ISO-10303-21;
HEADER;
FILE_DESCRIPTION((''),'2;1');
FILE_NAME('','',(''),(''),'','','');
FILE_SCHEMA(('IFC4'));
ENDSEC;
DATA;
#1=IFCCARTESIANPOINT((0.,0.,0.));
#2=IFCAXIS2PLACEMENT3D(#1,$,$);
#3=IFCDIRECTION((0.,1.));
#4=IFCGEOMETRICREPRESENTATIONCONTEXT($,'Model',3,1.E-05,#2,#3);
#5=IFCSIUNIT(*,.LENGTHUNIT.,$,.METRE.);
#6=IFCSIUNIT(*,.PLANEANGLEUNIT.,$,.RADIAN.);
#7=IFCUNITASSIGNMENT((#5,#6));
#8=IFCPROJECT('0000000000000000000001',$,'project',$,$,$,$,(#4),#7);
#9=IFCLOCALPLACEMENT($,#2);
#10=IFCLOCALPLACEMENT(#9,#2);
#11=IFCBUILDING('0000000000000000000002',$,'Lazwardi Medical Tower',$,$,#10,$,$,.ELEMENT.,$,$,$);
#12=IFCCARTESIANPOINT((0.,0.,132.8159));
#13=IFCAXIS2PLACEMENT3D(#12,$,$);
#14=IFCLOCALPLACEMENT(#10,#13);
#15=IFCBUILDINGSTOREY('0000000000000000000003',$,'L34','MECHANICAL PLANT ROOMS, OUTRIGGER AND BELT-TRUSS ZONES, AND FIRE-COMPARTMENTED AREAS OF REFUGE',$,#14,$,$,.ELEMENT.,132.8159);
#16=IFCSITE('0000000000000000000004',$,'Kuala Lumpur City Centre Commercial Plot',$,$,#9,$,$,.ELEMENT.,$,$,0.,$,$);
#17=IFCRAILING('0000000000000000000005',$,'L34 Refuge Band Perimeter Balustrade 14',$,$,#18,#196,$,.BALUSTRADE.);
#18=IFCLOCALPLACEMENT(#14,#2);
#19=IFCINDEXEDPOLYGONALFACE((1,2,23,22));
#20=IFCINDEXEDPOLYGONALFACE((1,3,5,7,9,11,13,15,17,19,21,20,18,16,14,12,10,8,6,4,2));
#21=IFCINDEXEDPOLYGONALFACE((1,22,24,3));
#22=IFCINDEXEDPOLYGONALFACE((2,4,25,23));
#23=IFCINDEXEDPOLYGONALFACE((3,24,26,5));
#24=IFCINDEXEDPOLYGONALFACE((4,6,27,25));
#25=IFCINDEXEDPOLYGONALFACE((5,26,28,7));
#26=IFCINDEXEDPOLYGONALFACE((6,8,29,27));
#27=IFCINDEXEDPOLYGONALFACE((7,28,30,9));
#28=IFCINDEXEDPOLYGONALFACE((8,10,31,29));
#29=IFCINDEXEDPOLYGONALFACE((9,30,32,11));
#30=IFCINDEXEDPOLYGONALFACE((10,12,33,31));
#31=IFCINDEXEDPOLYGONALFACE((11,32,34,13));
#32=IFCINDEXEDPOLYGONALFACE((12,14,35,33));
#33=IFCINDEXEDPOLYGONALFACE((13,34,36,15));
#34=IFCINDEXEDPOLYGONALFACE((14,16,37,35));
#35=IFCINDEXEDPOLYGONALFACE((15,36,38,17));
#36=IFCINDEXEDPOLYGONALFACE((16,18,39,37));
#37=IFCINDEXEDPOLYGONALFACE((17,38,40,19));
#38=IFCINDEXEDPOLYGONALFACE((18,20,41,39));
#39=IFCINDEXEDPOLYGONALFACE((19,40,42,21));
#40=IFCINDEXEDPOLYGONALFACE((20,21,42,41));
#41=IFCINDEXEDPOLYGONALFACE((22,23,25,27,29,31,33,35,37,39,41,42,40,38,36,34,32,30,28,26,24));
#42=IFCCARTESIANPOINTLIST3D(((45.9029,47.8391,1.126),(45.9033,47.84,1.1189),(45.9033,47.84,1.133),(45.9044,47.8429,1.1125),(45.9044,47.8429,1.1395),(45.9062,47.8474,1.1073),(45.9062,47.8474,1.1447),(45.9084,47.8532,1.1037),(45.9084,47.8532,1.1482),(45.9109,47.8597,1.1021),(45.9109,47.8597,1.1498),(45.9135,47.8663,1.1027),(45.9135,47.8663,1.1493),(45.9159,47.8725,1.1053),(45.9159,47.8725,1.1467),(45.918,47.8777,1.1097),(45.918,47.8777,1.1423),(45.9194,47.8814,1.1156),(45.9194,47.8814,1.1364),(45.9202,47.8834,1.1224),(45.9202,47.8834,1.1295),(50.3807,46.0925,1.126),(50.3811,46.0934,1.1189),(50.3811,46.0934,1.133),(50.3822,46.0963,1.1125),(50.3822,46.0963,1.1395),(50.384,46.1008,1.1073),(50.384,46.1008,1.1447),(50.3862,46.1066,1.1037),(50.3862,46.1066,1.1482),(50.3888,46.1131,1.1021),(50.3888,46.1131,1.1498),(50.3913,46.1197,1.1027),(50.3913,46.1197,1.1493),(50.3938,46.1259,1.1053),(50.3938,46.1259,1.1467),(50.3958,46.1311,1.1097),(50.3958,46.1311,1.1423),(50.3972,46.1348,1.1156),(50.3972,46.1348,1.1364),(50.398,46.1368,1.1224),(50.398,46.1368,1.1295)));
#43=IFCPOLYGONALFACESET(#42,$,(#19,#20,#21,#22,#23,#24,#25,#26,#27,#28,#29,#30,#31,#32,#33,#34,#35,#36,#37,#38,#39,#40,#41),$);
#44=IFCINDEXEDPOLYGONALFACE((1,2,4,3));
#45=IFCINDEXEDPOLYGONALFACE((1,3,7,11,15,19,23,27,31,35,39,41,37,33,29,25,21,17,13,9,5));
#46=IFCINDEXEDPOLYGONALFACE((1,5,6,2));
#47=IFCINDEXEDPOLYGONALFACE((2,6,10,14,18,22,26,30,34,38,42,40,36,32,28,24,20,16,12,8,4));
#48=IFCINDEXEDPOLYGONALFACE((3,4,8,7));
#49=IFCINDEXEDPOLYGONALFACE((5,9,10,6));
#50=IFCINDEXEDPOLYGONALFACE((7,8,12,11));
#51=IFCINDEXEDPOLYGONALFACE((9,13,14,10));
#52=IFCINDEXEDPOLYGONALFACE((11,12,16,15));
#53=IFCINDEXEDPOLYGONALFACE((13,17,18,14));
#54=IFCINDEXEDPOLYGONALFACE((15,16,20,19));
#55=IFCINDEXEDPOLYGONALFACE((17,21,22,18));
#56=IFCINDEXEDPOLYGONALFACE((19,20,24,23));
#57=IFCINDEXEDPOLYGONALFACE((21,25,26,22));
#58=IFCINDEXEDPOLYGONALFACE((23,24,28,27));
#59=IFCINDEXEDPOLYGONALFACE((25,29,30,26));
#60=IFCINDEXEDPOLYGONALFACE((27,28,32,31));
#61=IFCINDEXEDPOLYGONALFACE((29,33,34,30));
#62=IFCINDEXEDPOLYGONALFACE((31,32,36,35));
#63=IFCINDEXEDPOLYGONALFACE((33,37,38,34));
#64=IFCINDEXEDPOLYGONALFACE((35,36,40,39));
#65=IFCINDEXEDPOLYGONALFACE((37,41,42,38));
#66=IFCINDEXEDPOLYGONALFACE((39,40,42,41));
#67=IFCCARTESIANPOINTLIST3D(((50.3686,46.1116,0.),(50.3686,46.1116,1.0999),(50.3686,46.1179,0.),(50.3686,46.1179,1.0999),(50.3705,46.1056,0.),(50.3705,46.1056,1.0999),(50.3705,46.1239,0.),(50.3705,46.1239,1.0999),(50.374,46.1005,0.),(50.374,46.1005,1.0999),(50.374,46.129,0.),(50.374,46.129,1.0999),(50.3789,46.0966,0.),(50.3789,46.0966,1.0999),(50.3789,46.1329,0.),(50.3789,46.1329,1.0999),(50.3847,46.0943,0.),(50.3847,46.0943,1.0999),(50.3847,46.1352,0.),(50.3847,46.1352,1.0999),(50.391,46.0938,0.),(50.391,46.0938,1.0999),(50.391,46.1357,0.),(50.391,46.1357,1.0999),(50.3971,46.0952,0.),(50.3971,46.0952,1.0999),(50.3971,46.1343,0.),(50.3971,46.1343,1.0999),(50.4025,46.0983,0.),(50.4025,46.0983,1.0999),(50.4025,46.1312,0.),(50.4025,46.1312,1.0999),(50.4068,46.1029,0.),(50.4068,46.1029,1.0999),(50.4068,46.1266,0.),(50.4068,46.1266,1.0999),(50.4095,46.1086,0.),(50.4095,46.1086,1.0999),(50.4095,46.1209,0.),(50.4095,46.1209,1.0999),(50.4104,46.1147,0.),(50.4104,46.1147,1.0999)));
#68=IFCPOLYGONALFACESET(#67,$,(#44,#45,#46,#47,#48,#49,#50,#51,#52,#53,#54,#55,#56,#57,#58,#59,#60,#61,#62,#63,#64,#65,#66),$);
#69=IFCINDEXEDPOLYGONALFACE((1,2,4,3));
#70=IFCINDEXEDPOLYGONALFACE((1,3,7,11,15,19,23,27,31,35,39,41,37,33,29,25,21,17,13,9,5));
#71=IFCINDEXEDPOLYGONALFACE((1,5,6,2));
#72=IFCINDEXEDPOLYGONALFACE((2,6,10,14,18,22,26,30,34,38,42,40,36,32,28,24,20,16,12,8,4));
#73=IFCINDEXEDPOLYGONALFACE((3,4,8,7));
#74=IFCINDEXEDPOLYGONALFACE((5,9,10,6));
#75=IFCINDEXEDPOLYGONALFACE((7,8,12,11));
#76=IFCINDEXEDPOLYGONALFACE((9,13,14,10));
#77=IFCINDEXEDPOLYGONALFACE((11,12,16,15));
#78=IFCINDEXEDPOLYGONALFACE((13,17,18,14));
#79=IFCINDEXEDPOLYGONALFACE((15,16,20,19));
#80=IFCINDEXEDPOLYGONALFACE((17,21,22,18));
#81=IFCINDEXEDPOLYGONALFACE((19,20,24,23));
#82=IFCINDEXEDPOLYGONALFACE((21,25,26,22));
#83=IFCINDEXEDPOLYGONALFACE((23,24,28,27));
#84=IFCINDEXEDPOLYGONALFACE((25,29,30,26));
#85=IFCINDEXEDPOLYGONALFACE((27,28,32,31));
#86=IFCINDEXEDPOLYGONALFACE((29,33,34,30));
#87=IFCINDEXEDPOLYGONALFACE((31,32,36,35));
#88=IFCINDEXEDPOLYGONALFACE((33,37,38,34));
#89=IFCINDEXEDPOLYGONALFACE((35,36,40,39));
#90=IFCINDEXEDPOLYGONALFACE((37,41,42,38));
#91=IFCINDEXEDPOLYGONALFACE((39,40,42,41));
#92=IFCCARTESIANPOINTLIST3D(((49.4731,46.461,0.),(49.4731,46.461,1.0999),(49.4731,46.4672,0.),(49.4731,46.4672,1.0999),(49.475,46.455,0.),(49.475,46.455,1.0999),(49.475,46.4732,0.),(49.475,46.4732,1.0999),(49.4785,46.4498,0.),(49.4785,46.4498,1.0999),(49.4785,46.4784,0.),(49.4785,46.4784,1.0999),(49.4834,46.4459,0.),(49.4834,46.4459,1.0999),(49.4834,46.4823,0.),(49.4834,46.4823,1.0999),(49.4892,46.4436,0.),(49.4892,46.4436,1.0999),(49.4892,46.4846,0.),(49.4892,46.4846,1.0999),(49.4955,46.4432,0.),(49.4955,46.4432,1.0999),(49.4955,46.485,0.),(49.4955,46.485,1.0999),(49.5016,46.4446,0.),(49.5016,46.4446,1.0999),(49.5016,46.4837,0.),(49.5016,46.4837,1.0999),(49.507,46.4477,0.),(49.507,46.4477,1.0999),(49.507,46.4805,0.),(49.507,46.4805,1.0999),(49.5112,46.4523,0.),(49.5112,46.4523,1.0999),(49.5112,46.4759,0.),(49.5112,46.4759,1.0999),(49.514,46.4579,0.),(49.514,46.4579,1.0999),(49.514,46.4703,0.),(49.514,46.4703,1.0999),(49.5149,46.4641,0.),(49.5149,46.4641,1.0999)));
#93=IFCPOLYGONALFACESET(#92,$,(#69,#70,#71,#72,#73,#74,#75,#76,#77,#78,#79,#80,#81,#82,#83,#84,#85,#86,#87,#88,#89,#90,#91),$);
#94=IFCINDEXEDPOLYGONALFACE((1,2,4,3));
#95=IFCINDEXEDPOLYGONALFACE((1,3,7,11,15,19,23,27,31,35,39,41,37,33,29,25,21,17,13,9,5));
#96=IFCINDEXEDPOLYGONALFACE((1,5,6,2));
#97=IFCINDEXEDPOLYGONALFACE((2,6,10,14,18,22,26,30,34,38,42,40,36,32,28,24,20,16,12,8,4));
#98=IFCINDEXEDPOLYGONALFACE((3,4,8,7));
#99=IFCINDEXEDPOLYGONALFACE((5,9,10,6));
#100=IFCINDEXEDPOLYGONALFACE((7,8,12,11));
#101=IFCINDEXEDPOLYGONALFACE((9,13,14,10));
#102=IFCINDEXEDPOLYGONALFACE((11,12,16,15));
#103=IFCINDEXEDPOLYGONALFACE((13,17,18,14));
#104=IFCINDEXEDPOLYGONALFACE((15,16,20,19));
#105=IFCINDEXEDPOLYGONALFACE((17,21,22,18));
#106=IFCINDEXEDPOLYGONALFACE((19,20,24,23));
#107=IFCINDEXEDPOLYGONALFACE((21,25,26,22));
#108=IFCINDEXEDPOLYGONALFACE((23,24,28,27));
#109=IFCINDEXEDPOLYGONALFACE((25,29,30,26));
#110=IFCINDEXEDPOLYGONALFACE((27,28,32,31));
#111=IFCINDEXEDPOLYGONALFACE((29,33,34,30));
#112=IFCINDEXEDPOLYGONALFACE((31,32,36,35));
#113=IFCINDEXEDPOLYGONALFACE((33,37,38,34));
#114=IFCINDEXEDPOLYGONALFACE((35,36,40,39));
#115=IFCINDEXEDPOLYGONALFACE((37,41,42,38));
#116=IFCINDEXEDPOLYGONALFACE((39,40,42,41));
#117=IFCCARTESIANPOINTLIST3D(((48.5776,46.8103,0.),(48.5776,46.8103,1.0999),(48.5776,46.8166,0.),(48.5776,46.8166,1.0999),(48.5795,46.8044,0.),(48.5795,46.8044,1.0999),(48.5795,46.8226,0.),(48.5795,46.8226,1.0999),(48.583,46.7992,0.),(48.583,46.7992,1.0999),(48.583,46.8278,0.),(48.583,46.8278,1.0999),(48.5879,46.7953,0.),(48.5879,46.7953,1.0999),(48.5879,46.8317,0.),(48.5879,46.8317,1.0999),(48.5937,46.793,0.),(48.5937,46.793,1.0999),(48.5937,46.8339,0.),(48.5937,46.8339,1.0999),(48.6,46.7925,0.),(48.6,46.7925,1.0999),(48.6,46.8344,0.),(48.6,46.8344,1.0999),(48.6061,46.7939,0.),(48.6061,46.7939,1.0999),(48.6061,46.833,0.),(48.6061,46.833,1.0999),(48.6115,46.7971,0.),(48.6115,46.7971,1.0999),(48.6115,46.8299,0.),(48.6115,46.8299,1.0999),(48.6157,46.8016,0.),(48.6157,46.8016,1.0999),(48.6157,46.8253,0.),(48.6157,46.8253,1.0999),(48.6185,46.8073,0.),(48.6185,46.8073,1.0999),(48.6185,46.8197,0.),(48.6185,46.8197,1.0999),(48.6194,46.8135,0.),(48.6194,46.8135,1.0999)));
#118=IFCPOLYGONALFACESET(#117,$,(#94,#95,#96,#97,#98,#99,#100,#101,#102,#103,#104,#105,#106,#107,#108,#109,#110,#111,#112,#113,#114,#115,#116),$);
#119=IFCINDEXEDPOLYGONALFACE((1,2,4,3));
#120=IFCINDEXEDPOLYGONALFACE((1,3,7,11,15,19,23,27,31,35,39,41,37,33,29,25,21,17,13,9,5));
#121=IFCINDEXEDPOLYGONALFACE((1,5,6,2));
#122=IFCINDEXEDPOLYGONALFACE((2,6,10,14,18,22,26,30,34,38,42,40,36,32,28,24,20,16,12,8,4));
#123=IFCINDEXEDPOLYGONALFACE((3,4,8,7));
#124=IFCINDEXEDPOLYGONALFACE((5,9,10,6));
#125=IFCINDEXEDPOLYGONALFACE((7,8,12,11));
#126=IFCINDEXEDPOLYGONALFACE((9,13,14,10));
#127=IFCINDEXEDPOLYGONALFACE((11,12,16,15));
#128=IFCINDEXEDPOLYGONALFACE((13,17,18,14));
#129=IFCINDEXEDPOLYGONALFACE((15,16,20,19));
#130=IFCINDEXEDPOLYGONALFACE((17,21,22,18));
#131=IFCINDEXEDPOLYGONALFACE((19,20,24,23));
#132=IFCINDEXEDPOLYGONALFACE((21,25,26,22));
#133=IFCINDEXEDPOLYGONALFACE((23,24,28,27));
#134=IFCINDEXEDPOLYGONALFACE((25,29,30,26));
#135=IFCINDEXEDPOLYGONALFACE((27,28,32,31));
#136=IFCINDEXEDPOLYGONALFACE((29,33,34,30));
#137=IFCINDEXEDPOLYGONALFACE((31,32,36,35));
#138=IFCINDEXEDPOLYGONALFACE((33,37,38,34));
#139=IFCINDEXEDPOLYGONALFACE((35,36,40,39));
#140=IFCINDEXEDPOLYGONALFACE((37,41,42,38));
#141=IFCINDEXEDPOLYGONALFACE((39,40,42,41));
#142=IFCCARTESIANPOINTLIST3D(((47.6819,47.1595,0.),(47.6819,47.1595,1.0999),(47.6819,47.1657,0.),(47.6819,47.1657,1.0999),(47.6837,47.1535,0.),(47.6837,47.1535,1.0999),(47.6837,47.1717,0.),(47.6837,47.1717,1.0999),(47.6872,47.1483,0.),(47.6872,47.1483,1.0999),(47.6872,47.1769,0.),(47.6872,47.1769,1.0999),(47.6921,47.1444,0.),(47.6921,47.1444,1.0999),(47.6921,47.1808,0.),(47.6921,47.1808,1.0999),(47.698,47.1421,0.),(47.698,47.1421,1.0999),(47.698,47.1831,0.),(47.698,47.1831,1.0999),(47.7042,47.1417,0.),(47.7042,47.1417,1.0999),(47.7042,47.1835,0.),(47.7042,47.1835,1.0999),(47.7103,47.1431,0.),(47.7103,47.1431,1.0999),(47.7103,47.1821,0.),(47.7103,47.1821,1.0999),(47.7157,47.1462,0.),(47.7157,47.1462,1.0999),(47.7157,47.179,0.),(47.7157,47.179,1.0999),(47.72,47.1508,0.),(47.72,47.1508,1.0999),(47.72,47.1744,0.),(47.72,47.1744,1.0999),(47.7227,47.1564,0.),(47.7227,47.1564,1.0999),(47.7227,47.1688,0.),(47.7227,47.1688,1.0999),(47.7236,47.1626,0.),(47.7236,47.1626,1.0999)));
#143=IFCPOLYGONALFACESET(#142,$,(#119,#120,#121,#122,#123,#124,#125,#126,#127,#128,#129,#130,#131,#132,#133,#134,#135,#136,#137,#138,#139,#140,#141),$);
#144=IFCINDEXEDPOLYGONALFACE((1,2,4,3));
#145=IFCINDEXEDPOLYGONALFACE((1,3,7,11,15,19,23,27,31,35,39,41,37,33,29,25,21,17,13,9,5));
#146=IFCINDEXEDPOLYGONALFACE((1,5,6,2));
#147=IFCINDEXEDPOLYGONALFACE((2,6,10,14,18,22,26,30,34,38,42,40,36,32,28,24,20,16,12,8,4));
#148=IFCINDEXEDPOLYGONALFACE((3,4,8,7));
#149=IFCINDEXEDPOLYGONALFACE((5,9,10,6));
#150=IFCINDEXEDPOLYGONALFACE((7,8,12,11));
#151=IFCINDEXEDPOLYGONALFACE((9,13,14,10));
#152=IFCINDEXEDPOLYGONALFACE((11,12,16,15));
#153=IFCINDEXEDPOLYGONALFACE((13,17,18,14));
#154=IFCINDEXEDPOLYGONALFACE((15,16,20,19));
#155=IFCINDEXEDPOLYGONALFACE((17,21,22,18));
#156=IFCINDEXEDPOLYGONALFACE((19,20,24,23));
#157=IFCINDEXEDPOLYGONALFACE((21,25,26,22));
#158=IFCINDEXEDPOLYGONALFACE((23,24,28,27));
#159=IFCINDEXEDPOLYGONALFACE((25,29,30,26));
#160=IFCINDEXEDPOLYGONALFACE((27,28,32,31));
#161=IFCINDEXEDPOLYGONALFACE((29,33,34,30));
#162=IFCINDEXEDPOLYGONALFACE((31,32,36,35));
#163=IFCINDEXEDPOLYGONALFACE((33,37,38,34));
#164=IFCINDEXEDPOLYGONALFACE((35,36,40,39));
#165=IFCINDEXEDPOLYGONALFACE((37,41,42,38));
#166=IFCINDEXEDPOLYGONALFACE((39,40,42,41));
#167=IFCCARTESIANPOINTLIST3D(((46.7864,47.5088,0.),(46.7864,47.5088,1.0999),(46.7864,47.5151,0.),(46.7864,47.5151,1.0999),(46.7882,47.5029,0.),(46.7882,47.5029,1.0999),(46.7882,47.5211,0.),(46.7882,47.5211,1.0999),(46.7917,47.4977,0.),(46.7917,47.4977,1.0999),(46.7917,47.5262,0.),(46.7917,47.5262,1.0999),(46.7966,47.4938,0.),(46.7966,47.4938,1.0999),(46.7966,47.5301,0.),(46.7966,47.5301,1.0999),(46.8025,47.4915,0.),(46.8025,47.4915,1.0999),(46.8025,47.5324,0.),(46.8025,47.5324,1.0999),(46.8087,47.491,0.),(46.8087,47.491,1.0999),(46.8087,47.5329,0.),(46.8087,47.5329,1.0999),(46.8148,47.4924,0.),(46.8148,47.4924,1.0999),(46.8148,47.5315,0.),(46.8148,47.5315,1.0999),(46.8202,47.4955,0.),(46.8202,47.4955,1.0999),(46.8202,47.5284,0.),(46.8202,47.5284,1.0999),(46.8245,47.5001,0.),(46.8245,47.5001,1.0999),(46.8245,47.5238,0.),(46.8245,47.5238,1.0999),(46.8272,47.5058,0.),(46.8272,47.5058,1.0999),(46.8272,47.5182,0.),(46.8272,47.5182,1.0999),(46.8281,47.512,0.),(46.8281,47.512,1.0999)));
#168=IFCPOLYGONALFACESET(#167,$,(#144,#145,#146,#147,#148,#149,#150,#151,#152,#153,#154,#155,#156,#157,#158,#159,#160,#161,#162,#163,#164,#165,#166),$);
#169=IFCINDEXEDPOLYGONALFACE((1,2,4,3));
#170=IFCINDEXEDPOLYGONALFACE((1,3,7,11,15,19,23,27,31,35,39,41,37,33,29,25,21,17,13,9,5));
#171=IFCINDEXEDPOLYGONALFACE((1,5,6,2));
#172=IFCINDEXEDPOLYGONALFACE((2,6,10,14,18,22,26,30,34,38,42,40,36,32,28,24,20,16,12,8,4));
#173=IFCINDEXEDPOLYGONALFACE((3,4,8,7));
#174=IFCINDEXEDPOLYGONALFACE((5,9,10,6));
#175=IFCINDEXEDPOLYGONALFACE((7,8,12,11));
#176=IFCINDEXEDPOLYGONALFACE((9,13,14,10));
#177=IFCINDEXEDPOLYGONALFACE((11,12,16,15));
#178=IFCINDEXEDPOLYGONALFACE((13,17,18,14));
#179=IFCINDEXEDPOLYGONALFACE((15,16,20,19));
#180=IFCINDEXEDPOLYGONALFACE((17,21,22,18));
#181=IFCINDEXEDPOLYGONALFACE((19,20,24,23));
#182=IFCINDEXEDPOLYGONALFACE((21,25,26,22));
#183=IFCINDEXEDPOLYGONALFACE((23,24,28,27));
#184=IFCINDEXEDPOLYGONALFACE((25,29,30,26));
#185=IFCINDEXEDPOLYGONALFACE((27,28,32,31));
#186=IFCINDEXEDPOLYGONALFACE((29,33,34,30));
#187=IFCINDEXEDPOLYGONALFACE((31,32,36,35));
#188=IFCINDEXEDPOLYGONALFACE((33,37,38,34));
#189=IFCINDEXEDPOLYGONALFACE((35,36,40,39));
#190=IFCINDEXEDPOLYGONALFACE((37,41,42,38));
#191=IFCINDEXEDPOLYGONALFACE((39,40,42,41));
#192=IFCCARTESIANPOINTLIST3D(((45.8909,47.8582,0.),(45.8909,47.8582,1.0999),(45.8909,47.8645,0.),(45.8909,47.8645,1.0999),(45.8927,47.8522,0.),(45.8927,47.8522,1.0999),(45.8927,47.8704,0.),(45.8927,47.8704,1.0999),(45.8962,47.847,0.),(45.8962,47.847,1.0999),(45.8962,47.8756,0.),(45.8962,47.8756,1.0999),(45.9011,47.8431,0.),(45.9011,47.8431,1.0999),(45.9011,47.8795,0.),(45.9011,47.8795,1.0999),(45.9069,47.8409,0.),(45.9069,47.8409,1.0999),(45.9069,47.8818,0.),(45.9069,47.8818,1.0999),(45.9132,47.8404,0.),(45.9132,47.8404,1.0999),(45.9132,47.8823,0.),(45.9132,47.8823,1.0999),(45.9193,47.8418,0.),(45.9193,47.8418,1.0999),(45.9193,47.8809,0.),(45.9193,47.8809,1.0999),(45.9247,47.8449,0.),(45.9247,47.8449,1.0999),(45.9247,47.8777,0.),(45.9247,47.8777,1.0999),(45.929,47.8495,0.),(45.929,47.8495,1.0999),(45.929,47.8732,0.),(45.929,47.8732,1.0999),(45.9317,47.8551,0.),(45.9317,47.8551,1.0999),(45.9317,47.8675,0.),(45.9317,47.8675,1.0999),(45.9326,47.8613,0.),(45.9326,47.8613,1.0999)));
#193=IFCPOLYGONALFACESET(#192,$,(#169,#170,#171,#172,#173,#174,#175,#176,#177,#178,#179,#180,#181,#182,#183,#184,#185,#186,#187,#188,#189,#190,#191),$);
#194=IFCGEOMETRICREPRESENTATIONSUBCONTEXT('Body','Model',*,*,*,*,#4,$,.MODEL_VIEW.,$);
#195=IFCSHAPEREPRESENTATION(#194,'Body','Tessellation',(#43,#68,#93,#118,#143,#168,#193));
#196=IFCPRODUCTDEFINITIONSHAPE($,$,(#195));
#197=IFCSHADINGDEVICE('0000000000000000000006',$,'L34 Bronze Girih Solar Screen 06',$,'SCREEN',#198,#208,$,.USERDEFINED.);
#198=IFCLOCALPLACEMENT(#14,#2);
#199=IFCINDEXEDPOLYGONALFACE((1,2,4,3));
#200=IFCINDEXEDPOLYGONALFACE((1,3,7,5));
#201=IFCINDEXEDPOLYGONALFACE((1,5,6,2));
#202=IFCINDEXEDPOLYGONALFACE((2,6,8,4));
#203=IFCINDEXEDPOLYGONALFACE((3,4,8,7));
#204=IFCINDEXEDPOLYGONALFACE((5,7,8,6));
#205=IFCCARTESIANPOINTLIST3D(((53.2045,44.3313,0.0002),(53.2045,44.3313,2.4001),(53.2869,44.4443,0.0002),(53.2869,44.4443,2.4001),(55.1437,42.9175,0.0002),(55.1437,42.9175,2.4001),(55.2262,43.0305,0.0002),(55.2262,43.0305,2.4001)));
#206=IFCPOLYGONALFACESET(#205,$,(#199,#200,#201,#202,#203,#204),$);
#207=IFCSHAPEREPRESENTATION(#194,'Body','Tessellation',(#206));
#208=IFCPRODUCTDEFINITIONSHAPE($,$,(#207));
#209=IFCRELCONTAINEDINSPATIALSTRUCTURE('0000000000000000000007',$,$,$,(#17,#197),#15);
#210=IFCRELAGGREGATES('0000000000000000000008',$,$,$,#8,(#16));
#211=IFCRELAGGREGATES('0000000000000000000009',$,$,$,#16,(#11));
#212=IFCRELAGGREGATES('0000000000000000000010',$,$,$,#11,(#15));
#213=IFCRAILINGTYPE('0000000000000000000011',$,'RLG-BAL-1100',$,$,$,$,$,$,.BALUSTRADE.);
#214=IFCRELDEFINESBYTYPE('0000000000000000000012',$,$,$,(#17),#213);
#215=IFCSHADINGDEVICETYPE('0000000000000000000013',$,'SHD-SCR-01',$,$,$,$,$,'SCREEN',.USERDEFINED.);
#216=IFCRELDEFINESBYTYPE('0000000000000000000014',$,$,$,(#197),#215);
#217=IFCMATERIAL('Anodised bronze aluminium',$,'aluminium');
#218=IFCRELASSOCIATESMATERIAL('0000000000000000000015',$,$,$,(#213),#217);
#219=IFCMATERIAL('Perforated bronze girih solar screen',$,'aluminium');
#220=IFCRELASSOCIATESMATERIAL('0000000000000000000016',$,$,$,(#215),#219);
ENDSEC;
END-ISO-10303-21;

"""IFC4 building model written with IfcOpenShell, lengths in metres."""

from ifc_helpers import new_model, si_unit, direction, frame, origin, origin_2d, place, context, subcontext, project, spatial, rectangle, circle, extrude, material, type_object, element, save


model = new_model("IFC4")

# Units and contexts
model_context = context("Model", 3, precision=1e-05, world=origin(), true_north=direction((0.0, 1.0)))
body_context = subcontext(model_context, "Body", "Model", "MODEL_VIEW")
ifc_project = project(units=[si_unit("LENGTHUNIT", "METRE"), si_unit("PLANEANGLEUNIT", "RADIAN")], contexts=[model_context])

# Site, building, storey
site_placement = place(None, origin())
site = spatial("IfcSite", under=ifc_project, at=site_placement, Name="Kuala Lumpur City Centre Commercial Plot", CompositionType="ELEMENT", RefElevation=0.0)
building_placement = place(site_placement, origin())
building = spatial("IfcBuilding", under=site, at=building_placement, Name="Lazwardi Medical Tower", CompositionType="ELEMENT")
storey_placement = place(building_placement, frame((0.0, 0.0, 132.8159)))
storey = spatial("IfcBuildingStorey", under=building, at=storey_placement, Name="L34", Description="MECHANICAL PLANT ROOMS, OUTRIGGER AND BELT-TRUSS ZONES, AND FIRE-COMPARTMENTED AREAS OF REFUGE", CompositionType="ELEMENT", Elevation=132.8159)

# Railing
ifc_material_1 = material(Name="Anodised bronze aluminium", Category="aluminium")
railing_type = type_object("IfcRailingType", Name="RLG-BAL-1100", PredefinedType="BALUSTRADE", material=ifc_material_1)
railing_1_placement = place(storey_placement, frame((50.3894, 46.1147, 0.0)))
element("IfcRailing", 1, at=railing_1_placement, inside=storey, type_object=railing_type, Name="L34 Refuge Band Perimeter Balustrade 14", PredefinedType="BALUSTRADE", context=body_context, shape_type="SweptSolid", body=[
    extrude(circle(Radius=0.0239, at=origin_2d()), frame((0.0, 0.0, 1.126), z_axis=(-0.931637, 0.36339, 0.0), x_axis=(-0.36339, -0.931637, 0.0)), (0.0, 0.0, 1.0), 4.8064),
    extrude(circle(Radius=0.021, at=origin_2d()), origin(), (0.0, 0.0, 1.0), 1.0999),
    extrude(circle(Radius=0.021, at=origin_2d()), frame((-0.8955, 0.3494, 0.0)), (0.0, 0.0, 1.0), 1.0999),
    extrude(circle(Radius=0.021, at=origin_2d()), frame((-1.791, 0.6987, 0.0)), (0.0, 0.0, 1.0), 1.0999),
    extrude(circle(Radius=0.021, at=origin_2d()), frame((-2.6868, 1.0479, 0.0)), (0.0, 0.0, 1.0), 1.0999),
    extrude(circle(Radius=0.021, at=origin_2d()), frame((-3.5823, 1.3972, 0.0)), (0.0, 0.0, 1.0), 1.0999),
    extrude(circle(Radius=0.021, at=origin_2d()), frame((-4.4778, 1.7466, 0.0)), (0.0, 0.0, 1.0), 1.0999),
])

# Shading device
ifc_material_2 = material(Name="Perforated bronze girih solar screen", Category="aluminium")
shading_device_type = type_object("IfcShadingDeviceType", Name="SHD-SCR-01", ElementType="SCREEN", PredefinedType="USERDEFINED", material=ifc_material_2)
shading_device_placement = place(storey_placement, frame((54.2153, 43.6809, 0.0002), z_axis=(0.0, 0.0, 1.0), x_axis=(-0.808043, 0.589123, 0.0)))
element("IfcShadingDevice", 2, at=shading_device_placement, inside=storey, type_object=shading_device_type, Name="L34 Bronze Girih Solar Screen 06", ObjectType="SCREEN", PredefinedType="USERDEFINED", context=body_context, shape_type="SweptSolid", body=[
    extrude(rectangle(XDim=2.3999, YDim=0.1399, at=origin_2d()), origin(), (0.0, 0.0, 1.0), 2.3999),
])

save(model, "model.ifc")
